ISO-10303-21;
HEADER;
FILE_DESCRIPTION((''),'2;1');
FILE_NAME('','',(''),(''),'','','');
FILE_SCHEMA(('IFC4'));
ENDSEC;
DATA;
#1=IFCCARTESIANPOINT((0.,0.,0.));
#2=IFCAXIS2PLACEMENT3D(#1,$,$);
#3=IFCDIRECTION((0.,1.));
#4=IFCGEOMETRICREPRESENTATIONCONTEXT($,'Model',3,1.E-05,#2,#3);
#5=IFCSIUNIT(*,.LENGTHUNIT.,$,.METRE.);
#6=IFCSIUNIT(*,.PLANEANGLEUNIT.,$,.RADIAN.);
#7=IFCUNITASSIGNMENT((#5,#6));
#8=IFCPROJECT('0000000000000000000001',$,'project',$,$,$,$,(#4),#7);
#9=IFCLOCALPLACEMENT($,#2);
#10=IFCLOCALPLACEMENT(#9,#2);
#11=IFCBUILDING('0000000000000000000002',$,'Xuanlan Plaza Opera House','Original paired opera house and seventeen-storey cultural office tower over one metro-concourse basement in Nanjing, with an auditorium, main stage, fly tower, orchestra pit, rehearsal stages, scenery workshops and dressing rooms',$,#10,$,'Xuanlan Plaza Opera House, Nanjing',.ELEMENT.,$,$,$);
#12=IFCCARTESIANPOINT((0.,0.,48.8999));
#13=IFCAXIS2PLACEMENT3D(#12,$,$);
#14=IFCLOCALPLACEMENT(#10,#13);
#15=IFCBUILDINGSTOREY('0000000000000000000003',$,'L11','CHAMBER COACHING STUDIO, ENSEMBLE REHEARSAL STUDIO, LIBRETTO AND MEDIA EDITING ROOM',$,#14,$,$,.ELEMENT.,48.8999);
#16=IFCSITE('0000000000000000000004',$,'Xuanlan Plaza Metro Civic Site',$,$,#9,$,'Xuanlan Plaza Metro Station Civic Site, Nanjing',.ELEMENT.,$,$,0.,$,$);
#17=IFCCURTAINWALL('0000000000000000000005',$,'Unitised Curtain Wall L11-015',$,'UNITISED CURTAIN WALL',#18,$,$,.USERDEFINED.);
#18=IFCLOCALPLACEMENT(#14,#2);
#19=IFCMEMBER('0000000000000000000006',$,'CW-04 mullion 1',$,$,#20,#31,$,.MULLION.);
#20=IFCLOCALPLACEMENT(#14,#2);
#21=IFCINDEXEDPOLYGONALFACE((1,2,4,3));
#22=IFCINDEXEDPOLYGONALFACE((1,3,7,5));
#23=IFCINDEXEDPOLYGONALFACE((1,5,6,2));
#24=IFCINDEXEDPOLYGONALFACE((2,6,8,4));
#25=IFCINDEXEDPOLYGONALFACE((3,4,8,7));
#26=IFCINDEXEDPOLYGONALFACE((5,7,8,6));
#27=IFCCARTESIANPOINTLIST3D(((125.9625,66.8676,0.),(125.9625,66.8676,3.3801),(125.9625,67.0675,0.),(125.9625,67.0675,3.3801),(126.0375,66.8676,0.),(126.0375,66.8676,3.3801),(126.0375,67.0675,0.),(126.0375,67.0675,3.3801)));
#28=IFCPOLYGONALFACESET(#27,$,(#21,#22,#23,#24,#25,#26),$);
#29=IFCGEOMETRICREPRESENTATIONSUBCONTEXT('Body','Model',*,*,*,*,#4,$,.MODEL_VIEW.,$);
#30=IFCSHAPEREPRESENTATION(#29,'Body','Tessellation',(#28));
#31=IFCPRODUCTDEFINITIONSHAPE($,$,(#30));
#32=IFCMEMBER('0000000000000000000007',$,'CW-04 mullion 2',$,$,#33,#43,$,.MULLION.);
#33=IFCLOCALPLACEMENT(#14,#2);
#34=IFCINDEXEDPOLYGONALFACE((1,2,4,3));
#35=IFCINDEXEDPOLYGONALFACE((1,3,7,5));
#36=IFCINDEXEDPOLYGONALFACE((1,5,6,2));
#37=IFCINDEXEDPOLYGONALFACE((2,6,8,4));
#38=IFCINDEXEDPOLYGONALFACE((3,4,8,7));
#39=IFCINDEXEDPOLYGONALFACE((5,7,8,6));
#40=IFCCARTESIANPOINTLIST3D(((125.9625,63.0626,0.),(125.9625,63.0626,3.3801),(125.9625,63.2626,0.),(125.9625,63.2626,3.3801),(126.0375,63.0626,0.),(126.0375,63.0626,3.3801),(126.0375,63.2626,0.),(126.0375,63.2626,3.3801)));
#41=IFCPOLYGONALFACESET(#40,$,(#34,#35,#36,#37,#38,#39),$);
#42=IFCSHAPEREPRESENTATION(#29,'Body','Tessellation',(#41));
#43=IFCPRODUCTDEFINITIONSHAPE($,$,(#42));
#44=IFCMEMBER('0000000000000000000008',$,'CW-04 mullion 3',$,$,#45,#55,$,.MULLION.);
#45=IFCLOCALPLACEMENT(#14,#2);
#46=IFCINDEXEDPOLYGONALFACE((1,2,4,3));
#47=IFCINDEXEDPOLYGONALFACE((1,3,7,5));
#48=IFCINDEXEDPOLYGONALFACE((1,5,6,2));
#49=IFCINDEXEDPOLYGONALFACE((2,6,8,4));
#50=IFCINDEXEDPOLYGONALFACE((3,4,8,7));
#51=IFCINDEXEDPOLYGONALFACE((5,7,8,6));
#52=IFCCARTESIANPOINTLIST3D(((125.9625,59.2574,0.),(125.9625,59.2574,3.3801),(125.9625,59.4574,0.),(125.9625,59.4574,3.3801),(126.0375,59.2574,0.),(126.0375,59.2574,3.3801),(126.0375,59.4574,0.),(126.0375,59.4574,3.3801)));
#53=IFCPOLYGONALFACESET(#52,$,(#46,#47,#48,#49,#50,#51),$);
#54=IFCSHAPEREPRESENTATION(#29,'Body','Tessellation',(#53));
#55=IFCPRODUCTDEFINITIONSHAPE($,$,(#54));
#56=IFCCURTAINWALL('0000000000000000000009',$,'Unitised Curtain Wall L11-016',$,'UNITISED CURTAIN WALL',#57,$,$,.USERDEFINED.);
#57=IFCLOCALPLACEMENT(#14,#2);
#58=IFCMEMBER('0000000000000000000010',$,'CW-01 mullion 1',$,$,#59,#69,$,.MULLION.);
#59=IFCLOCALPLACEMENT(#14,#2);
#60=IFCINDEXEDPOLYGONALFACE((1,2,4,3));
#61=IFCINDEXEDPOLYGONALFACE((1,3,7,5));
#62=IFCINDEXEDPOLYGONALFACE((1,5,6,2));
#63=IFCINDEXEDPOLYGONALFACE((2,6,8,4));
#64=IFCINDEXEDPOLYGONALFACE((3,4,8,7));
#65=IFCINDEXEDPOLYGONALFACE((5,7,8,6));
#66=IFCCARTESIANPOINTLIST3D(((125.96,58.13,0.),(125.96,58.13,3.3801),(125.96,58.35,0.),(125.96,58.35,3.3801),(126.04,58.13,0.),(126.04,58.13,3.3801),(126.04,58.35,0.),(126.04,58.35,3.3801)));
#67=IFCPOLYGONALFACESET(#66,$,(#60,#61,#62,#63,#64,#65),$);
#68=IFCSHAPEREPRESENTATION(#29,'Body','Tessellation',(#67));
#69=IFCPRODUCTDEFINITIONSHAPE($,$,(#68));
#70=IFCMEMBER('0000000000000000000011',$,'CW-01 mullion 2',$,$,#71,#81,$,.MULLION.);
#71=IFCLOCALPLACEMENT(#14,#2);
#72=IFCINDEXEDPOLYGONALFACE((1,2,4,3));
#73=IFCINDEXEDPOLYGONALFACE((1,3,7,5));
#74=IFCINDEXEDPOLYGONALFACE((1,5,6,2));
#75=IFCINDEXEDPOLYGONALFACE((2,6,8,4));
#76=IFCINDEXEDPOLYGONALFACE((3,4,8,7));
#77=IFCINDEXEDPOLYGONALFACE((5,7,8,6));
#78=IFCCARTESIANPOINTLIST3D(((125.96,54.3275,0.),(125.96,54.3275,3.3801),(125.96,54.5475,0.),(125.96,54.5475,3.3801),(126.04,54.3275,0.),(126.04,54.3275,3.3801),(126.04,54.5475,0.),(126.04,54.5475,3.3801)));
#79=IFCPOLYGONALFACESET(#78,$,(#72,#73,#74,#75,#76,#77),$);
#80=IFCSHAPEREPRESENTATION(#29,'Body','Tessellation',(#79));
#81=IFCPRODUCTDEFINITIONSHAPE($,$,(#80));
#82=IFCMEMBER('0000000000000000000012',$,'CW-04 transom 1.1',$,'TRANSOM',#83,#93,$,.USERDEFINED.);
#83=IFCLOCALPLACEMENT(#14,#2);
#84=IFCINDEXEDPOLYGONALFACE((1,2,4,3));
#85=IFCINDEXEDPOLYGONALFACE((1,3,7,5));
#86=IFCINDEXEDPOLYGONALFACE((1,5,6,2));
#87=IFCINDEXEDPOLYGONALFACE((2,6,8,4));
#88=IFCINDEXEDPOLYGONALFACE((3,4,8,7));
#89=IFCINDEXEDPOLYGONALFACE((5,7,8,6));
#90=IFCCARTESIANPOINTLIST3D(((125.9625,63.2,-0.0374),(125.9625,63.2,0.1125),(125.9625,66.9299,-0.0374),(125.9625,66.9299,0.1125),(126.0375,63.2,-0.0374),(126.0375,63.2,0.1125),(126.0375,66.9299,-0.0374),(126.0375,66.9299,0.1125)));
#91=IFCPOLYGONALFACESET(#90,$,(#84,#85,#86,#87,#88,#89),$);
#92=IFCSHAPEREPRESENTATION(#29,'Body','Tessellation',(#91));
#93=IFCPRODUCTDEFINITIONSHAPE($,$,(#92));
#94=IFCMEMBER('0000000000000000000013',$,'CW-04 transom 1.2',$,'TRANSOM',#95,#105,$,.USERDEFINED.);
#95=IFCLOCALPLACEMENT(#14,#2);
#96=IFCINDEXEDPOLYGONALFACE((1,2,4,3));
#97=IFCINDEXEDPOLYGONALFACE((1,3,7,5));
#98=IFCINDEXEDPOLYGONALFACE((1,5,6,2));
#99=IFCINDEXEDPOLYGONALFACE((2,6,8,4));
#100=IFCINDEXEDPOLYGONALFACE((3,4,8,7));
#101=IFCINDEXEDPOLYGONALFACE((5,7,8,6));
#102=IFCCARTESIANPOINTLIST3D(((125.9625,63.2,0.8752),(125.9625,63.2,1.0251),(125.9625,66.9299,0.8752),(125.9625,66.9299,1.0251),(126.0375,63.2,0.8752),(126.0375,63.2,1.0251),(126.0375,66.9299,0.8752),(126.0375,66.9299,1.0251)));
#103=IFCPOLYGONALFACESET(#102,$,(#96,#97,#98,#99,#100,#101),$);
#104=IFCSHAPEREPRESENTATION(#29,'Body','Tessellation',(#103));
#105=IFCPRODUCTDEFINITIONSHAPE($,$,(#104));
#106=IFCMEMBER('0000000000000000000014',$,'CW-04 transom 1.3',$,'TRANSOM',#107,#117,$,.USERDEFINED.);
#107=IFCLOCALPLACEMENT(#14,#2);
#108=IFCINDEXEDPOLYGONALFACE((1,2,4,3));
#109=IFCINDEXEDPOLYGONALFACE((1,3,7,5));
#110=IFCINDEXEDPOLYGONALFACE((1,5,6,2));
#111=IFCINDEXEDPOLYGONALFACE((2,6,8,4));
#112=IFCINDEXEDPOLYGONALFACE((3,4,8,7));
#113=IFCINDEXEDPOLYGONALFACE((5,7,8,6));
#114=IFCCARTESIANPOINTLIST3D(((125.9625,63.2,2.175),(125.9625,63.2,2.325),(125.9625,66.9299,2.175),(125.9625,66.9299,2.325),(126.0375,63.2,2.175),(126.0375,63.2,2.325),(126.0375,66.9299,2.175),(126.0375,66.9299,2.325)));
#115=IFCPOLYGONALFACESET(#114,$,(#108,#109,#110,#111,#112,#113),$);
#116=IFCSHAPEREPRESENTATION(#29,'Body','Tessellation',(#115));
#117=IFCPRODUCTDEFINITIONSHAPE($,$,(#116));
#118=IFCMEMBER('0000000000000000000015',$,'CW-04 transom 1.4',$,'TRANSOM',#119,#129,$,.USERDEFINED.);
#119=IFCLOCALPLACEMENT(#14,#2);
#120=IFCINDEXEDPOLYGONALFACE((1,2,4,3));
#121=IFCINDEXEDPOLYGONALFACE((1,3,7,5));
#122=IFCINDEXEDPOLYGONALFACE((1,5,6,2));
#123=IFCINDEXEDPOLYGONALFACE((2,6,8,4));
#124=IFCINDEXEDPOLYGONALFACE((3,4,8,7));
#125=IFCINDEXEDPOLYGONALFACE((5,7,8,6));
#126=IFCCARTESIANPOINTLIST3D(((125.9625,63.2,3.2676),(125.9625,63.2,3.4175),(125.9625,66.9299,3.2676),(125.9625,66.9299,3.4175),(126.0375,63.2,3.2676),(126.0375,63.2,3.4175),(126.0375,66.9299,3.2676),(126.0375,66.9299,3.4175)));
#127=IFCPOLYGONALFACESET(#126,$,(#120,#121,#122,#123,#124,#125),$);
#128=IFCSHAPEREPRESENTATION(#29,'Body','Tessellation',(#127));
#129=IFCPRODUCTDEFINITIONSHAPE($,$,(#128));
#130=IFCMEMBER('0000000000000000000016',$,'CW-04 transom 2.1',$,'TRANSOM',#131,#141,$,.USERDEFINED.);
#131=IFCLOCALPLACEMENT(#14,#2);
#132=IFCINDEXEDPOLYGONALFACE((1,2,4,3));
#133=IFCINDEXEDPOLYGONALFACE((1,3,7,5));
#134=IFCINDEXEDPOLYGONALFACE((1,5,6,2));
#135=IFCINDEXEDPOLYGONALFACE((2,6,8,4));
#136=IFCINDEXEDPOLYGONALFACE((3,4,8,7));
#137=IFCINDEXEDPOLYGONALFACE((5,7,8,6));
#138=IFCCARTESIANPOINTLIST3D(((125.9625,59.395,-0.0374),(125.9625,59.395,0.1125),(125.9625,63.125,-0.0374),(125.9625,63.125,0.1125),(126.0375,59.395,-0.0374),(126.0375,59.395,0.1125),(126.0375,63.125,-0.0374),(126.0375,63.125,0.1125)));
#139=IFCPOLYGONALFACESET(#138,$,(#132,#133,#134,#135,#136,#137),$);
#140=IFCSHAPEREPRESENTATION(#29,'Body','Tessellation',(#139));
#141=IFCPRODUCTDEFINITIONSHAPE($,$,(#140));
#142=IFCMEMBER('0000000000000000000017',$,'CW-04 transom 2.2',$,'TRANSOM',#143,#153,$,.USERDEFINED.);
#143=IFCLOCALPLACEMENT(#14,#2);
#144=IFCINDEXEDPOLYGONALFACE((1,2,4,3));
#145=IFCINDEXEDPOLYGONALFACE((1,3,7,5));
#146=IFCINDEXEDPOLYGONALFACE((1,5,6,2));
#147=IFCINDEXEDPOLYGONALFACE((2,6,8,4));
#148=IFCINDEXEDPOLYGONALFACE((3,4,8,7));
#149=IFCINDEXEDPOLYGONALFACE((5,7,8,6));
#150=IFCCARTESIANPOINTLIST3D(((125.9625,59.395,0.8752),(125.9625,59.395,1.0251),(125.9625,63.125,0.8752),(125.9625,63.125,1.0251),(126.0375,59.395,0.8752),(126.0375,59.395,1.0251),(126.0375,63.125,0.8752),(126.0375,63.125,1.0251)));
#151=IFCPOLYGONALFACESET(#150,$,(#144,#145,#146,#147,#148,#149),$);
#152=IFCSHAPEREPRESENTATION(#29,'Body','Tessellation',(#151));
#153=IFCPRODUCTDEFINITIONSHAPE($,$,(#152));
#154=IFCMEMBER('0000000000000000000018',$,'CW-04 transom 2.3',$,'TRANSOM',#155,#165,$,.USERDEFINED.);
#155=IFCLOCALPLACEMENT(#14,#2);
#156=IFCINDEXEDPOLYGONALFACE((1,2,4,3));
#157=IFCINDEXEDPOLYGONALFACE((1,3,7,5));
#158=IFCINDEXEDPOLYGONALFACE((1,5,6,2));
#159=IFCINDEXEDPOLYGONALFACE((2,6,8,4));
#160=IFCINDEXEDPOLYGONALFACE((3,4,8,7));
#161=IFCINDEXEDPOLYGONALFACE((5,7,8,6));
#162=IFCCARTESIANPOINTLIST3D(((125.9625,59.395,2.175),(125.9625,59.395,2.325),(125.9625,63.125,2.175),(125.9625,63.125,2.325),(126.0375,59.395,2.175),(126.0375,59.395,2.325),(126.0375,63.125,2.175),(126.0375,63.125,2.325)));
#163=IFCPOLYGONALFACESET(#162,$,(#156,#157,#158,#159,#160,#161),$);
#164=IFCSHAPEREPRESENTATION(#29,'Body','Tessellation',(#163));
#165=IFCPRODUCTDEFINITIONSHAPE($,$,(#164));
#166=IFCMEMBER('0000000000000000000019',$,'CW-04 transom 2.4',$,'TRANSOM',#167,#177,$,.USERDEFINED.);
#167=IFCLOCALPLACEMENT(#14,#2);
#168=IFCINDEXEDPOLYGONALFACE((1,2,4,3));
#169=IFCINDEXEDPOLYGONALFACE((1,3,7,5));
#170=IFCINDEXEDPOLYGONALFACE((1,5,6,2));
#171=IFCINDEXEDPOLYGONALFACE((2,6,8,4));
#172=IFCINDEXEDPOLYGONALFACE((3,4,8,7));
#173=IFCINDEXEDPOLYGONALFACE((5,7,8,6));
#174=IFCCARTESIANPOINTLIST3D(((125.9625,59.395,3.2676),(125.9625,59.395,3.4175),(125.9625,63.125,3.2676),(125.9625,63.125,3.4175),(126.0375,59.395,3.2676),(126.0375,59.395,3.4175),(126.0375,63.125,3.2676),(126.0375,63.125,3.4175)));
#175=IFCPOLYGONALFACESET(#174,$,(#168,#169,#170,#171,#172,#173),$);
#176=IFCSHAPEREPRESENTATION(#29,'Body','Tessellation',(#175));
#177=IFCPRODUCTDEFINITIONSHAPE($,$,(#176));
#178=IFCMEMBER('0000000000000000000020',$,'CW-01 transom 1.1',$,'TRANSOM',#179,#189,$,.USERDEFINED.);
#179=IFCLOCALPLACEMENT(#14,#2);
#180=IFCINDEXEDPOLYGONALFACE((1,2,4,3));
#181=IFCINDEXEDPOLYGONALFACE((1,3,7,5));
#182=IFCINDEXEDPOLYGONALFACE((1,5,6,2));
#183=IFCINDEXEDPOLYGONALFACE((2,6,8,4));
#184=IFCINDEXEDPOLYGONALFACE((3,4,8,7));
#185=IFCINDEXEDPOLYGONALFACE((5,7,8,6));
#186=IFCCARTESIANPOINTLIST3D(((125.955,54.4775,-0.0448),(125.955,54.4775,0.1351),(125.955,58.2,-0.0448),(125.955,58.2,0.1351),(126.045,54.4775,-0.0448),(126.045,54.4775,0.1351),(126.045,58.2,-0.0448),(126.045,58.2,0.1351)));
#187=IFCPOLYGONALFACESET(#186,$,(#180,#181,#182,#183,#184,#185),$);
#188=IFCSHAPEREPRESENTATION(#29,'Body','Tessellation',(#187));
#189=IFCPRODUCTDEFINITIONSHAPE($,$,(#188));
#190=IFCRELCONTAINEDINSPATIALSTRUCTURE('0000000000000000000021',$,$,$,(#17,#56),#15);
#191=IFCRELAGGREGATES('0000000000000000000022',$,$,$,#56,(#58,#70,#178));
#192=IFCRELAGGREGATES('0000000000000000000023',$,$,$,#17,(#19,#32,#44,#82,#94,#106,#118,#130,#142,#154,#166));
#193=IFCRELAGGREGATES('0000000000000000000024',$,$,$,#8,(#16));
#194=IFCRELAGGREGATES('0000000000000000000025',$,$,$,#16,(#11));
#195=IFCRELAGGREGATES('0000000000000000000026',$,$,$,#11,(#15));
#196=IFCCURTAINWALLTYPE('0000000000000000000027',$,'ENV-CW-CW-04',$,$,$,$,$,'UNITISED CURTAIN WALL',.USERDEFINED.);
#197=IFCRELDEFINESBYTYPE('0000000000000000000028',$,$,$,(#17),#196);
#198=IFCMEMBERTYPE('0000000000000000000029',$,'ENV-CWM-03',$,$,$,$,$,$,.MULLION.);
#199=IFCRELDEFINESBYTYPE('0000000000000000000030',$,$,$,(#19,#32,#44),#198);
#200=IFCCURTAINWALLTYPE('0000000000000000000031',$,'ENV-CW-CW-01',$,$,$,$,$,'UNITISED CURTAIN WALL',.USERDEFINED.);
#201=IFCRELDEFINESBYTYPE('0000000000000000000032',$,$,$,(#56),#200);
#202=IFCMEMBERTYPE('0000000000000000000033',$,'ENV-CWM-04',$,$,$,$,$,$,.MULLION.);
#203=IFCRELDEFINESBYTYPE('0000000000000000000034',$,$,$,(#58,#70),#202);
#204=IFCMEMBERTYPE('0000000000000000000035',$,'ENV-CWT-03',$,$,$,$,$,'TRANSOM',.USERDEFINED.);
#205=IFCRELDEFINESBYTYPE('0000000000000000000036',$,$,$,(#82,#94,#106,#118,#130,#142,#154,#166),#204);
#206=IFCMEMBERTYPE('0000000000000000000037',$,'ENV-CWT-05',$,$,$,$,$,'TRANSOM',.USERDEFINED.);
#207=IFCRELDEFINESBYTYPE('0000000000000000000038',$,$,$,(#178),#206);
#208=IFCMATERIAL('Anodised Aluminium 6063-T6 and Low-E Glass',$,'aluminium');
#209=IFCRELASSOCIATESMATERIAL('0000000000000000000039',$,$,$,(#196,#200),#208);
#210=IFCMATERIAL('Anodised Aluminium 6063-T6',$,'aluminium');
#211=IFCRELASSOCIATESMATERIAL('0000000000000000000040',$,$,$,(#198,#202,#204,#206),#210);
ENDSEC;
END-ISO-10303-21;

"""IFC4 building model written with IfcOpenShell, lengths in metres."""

from ifc_helpers import new_model, si_unit, direction, frame, origin, origin_2d, place, context, subcontext, project, spatial, rectangle, extrude, material, material_profile, profile_set, type_object, element, aggregate, save


model = new_model("IFC4")

# Units and contexts
model_context = context("Model", 3, precision=1e-05, world=origin(), true_north=direction((0.0, 1.0)))
body_context = subcontext(model_context, "Body", "Model", "MODEL_VIEW")
ifc_project = project(units=[si_unit("LENGTHUNIT", "METRE"), si_unit("PLANEANGLEUNIT", "RADIAN")], contexts=[model_context])

# Site, building, storey
site_placement = place(None, origin())
site = spatial("IfcSite", under=ifc_project, at=site_placement, Name="Xuanlan Plaza Metro Civic Site", LongName="Xuanlan Plaza Metro Station Civic Site, Nanjing", CompositionType="ELEMENT", RefElevation=0.0)
building_placement = place(site_placement, origin())
building = spatial("IfcBuilding", under=site, at=building_placement, Name="Xuanlan Plaza Opera House", Description="Original paired opera house and seventeen-storey cultural office tower over one metro-concourse basement in Nanjing, with an auditorium, main stage, fly tower, orchestra pit, rehearsal stages, scenery workshops and dressing rooms", LongName="Xuanlan Plaza Opera House, Nanjing", CompositionType="ELEMENT")
storey_placement = place(building_placement, frame((0.0, 0.0, 48.8999)))
storey = spatial("IfcBuildingStorey", under=building, at=storey_placement, Name="L11", Description="CHAMBER COACHING STUDIO, ENSEMBLE REHEARSAL STUDIO, LIBRETTO AND MEDIA EDITING ROOM", CompositionType="ELEMENT", Elevation=48.8999)

# Curtain walls, members
ifc_material_1 = material(Name="Anodised Aluminium 6063-T6 and Low-E Glass", Category="aluminium")
curtain_wall_type_1 = type_object("IfcCurtainWallType", Name="ENV-CW-CW-04", ElementType="UNITISED CURTAIN WALL", PredefinedType="USERDEFINED", material=ifc_material_1)
curtain_wall_1_placement = place(storey_placement, origin())
curtain_wall_1 = element("IfcCurtainWall", 1, at=curtain_wall_1_placement, inside=storey, type_object=curtain_wall_type_1, Name="Unitised Curtain Wall L11-015", ObjectType="UNITISED CURTAIN WALL", PredefinedType="USERDEFINED")
ifc_material_2 = material(Name="Anodised Aluminium 6063-T6", Category="aluminium")
ifc_material_profile_1 = material_profile(ifc_material_2, rectangle(XDim=0.075, YDim=0.2, at=origin_2d()), Name="ALU-M 75x200")
ifc_profile_set_1 = profile_set([ifc_material_profile_1], Name="Anodised Aluminium 6063-T6")
member_type_1 = type_object("IfcMemberType", Name="ENV-CWM-03", PredefinedType="MULLION", material=ifc_profile_set_1)
member_1_placement = place(storey_placement, frame((126.0, 66.9675, 0.0), z_axis=(0.0, 0.0, 1.0), x_axis=(1.0, 0.0, 0.0)))
member_1 = element("IfcMember", 2, at=member_1_placement, type_object=member_type_1, Name="CW-04 mullion 1", PredefinedType="MULLION", context=body_context, shape_type="SweptSolid", body=[
    extrude(rectangle(XDim=0.075, YDim=0.2, at=origin_2d()), origin(), (0.0, 0.0, 1.0), 3.3801),
])
member_2_placement = place(storey_placement, frame((126.0, 63.1626, 0.0), z_axis=(0.0, 0.0, 1.0), x_axis=(1.0, 0.0, 0.0)))
member_2 = element("IfcMember", 3, at=member_2_placement, type_object=member_type_1, Name="CW-04 mullion 2", PredefinedType="MULLION", context=body_context, shape_type="SweptSolid", body=[
    extrude(rectangle(XDim=0.075, YDim=0.2, at=origin_2d()), origin(), (0.0, 0.0, 1.0), 3.3801),
])
member_3_placement = place(storey_placement, frame((126.0, 59.3574, 0.0), z_axis=(0.0, 0.0, 1.0), x_axis=(1.0, 0.0, 0.0)))
member_3 = element("IfcMember", 4, at=member_3_placement, type_object=member_type_1, Name="CW-04 mullion 3", PredefinedType="MULLION", context=body_context, shape_type="SweptSolid", body=[
    extrude(rectangle(XDim=0.075, YDim=0.2, at=origin_2d()), origin(), (0.0, 0.0, 1.0), 3.3801),
])
curtain_wall_type_2 = type_object("IfcCurtainWallType", Name="ENV-CW-CW-01", ElementType="UNITISED CURTAIN WALL", PredefinedType="USERDEFINED", material=ifc_material_1)
curtain_wall_2_placement = place(storey_placement, origin())
curtain_wall_2 = element("IfcCurtainWall", 5, at=curtain_wall_2_placement, inside=storey, type_object=curtain_wall_type_2, Name="Unitised Curtain Wall L11-016", ObjectType="UNITISED CURTAIN WALL", PredefinedType="USERDEFINED")
ifc_material_profile_2 = material_profile(ifc_material_2, rectangle(XDim=0.0801, YDim=0.22, at=origin_2d()), Name="ALU-M 80x220")
ifc_profile_set_2 = profile_set([ifc_material_profile_2], Name="Anodised Aluminium 6063-T6")
member_type_2 = type_object("IfcMemberType", Name="ENV-CWM-04", PredefinedType="MULLION", material=ifc_profile_set_2)
member_4_placement = place(storey_placement, frame((126.0, 58.24, 0.0), z_axis=(0.0, 0.0, 1.0), x_axis=(1.0, 0.0, 0.0)))
member_4 = element("IfcMember", 6, at=member_4_placement, type_object=member_type_2, Name="CW-01 mullion 1", PredefinedType="MULLION", context=body_context, shape_type="SweptSolid", body=[
    extrude(rectangle(XDim=0.0801, YDim=0.22, at=origin_2d()), origin(), (0.0, 0.0, 1.0), 3.3801),
])
member_5_placement = place(storey_placement, frame((126.0, 54.4375, 0.0), z_axis=(0.0, 0.0, 1.0), x_axis=(1.0, 0.0, 0.0)))
member_5 = element("IfcMember", 7, at=member_5_placement, type_object=member_type_2, Name="CW-01 mullion 2", PredefinedType="MULLION", context=body_context, shape_type="SweptSolid", body=[
    extrude(rectangle(XDim=0.0801, YDim=0.22, at=origin_2d()), origin(), (0.0, 0.0, 1.0), 3.3801),
])

# Members
ifc_material_profile_3 = material_profile(ifc_material_2, rectangle(XDim=0.075, YDim=0.1499, at=origin_2d()), Name="ALU-T 75x150")
ifc_profile_set_3 = profile_set([ifc_material_profile_3], Name="Anodised Aluminium 6063-T6")
member_type_3 = type_object("IfcMemberType", Name="ENV-CWT-03", ElementType="TRANSOM", PredefinedType="USERDEFINED", material=ifc_profile_set_3)
member_6_placement = place(storey_placement, frame((126.0, 66.9299, 0.0376), z_axis=(0.0, -1.0, 0.0), x_axis=(1.0, 0.0, 0.0)))
member_6 = element("IfcMember", 8, at=member_6_placement, type_object=member_type_3, Name="CW-04 transom 1.1", ObjectType="TRANSOM", PredefinedType="USERDEFINED", context=body_context, shape_type="SweptSolid", body=[
    extrude(rectangle(XDim=0.075, YDim=0.1499, at=origin_2d()), origin(), (0.0, 0.0, 1.0), 3.73),
])
member_7_placement = place(storey_placement, frame((126.0, 66.9299, 0.9502), z_axis=(0.0, -1.0, 0.0), x_axis=(1.0, 0.0, 0.0)))
member_7 = element("IfcMember", 9, at=member_7_placement, type_object=member_type_3, Name="CW-04 transom 1.2", ObjectType="TRANSOM", PredefinedType="USERDEFINED", context=body_context, shape_type="SweptSolid", body=[
    extrude(rectangle(XDim=0.075, YDim=0.1499, at=origin_2d()), origin(), (0.0, 0.0, 1.0), 3.73),
])
member_8_placement = place(storey_placement, frame((126.0, 66.9299, 2.25), z_axis=(0.0, -1.0, 0.0), x_axis=(1.0, 0.0, 0.0)))
member_8 = element("IfcMember", 10, at=member_8_placement, type_object=member_type_3, Name="CW-04 transom 1.3", ObjectType="TRANSOM", PredefinedType="USERDEFINED", context=body_context, shape_type="SweptSolid", body=[
    extrude(rectangle(XDim=0.075, YDim=0.1499, at=origin_2d()), origin(), (0.0, 0.0, 1.0), 3.73),
])
member_9_placement = place(storey_placement, frame((126.0, 66.9299, 3.3425), z_axis=(0.0, -1.0, 0.0), x_axis=(1.0, 0.0, 0.0)))
member_9 = element("IfcMember", 11, at=member_9_placement, type_object=member_type_3, Name="CW-04 transom 1.4", ObjectType="TRANSOM", PredefinedType="USERDEFINED", context=body_context, shape_type="SweptSolid", body=[
    extrude(rectangle(XDim=0.075, YDim=0.1499, at=origin_2d()), origin(), (0.0, 0.0, 1.0), 3.73),
])
member_10_placement = place(storey_placement, frame((126.0, 63.125, 0.0376), z_axis=(0.0, -1.0, 0.0), x_axis=(1.0, 0.0, 0.0)))
member_10 = element("IfcMember", 12, at=member_10_placement, type_object=member_type_3, Name="CW-04 transom 2.1", ObjectType="TRANSOM", PredefinedType="USERDEFINED", context=body_context, shape_type="SweptSolid", body=[
    extrude(rectangle(XDim=0.075, YDim=0.1499, at=origin_2d()), origin(), (0.0, 0.0, 1.0), 3.73),
])
member_11_placement = place(storey_placement, frame((126.0, 63.125, 0.9502), z_axis=(0.0, -1.0, 0.0), x_axis=(1.0, 0.0, 0.0)))
member_11 = element("IfcMember", 13, at=member_11_placement, type_object=member_type_3, Name="CW-04 transom 2.2", ObjectType="TRANSOM", PredefinedType="USERDEFINED", context=body_context, shape_type="SweptSolid", body=[
    extrude(rectangle(XDim=0.075, YDim=0.1499, at=origin_2d()), origin(), (0.0, 0.0, 1.0), 3.73),
])
member_12_placement = place(storey_placement, frame((126.0, 63.125, 2.25), z_axis=(0.0, -1.0, 0.0), x_axis=(1.0, 0.0, 0.0)))
member_12 = element("IfcMember", 14, at=member_12_placement, type_object=member_type_3, Name="CW-04 transom 2.3", ObjectType="TRANSOM", PredefinedType="USERDEFINED", context=body_context, shape_type="SweptSolid", body=[
    extrude(rectangle(XDim=0.075, YDim=0.1499, at=origin_2d()), origin(), (0.0, 0.0, 1.0), 3.73),
])
member_13_placement = place(storey_placement, frame((126.0, 63.125, 3.3425), z_axis=(0.0, -1.0, 0.0), x_axis=(1.0, 0.0, 0.0)))
member_13 = element("IfcMember", 15, at=member_13_placement, type_object=member_type_3, Name="CW-04 transom 2.4", ObjectType="TRANSOM", PredefinedType="USERDEFINED", context=body_context, shape_type="SweptSolid", body=[
    extrude(rectangle(XDim=0.075, YDim=0.1499, at=origin_2d()), origin(), (0.0, 0.0, 1.0), 3.73),
])
ifc_material_profile_4 = material_profile(ifc_material_2, rectangle(XDim=0.0901, YDim=0.1799, at=origin_2d()), Name="ALU-T 90x180")
ifc_profile_set_4 = profile_set([ifc_material_profile_4], Name="Anodised Aluminium 6063-T6")
member_type_4 = type_object("IfcMemberType", Name="ENV-CWT-05", ElementType="TRANSOM", PredefinedType="USERDEFINED", material=ifc_profile_set_4)
member_14_placement = place(storey_placement, frame((126.0, 58.2, 0.0452), z_axis=(0.0, -1.0, 0.0), x_axis=(1.0, 0.0, 0.0)))
member_14 = element("IfcMember", 16, at=member_14_placement, type_object=member_type_4, Name="CW-01 transom 1.1", ObjectType="TRANSOM", PredefinedType="USERDEFINED", context=body_context, shape_type="SweptSolid", body=[
    extrude(rectangle(XDim=0.0901, YDim=0.1799, at=origin_2d()), origin(), (0.0, 0.0, 1.0), 3.7224),
])

aggregate(curtain_wall_2, [member_4, member_5, member_14])
aggregate(curtain_wall_1, [member_1, member_2, member_3, member_6, member_7, member_8, member_9, member_10, member_11, member_12, member_13])

save(model, "model.ifc")
